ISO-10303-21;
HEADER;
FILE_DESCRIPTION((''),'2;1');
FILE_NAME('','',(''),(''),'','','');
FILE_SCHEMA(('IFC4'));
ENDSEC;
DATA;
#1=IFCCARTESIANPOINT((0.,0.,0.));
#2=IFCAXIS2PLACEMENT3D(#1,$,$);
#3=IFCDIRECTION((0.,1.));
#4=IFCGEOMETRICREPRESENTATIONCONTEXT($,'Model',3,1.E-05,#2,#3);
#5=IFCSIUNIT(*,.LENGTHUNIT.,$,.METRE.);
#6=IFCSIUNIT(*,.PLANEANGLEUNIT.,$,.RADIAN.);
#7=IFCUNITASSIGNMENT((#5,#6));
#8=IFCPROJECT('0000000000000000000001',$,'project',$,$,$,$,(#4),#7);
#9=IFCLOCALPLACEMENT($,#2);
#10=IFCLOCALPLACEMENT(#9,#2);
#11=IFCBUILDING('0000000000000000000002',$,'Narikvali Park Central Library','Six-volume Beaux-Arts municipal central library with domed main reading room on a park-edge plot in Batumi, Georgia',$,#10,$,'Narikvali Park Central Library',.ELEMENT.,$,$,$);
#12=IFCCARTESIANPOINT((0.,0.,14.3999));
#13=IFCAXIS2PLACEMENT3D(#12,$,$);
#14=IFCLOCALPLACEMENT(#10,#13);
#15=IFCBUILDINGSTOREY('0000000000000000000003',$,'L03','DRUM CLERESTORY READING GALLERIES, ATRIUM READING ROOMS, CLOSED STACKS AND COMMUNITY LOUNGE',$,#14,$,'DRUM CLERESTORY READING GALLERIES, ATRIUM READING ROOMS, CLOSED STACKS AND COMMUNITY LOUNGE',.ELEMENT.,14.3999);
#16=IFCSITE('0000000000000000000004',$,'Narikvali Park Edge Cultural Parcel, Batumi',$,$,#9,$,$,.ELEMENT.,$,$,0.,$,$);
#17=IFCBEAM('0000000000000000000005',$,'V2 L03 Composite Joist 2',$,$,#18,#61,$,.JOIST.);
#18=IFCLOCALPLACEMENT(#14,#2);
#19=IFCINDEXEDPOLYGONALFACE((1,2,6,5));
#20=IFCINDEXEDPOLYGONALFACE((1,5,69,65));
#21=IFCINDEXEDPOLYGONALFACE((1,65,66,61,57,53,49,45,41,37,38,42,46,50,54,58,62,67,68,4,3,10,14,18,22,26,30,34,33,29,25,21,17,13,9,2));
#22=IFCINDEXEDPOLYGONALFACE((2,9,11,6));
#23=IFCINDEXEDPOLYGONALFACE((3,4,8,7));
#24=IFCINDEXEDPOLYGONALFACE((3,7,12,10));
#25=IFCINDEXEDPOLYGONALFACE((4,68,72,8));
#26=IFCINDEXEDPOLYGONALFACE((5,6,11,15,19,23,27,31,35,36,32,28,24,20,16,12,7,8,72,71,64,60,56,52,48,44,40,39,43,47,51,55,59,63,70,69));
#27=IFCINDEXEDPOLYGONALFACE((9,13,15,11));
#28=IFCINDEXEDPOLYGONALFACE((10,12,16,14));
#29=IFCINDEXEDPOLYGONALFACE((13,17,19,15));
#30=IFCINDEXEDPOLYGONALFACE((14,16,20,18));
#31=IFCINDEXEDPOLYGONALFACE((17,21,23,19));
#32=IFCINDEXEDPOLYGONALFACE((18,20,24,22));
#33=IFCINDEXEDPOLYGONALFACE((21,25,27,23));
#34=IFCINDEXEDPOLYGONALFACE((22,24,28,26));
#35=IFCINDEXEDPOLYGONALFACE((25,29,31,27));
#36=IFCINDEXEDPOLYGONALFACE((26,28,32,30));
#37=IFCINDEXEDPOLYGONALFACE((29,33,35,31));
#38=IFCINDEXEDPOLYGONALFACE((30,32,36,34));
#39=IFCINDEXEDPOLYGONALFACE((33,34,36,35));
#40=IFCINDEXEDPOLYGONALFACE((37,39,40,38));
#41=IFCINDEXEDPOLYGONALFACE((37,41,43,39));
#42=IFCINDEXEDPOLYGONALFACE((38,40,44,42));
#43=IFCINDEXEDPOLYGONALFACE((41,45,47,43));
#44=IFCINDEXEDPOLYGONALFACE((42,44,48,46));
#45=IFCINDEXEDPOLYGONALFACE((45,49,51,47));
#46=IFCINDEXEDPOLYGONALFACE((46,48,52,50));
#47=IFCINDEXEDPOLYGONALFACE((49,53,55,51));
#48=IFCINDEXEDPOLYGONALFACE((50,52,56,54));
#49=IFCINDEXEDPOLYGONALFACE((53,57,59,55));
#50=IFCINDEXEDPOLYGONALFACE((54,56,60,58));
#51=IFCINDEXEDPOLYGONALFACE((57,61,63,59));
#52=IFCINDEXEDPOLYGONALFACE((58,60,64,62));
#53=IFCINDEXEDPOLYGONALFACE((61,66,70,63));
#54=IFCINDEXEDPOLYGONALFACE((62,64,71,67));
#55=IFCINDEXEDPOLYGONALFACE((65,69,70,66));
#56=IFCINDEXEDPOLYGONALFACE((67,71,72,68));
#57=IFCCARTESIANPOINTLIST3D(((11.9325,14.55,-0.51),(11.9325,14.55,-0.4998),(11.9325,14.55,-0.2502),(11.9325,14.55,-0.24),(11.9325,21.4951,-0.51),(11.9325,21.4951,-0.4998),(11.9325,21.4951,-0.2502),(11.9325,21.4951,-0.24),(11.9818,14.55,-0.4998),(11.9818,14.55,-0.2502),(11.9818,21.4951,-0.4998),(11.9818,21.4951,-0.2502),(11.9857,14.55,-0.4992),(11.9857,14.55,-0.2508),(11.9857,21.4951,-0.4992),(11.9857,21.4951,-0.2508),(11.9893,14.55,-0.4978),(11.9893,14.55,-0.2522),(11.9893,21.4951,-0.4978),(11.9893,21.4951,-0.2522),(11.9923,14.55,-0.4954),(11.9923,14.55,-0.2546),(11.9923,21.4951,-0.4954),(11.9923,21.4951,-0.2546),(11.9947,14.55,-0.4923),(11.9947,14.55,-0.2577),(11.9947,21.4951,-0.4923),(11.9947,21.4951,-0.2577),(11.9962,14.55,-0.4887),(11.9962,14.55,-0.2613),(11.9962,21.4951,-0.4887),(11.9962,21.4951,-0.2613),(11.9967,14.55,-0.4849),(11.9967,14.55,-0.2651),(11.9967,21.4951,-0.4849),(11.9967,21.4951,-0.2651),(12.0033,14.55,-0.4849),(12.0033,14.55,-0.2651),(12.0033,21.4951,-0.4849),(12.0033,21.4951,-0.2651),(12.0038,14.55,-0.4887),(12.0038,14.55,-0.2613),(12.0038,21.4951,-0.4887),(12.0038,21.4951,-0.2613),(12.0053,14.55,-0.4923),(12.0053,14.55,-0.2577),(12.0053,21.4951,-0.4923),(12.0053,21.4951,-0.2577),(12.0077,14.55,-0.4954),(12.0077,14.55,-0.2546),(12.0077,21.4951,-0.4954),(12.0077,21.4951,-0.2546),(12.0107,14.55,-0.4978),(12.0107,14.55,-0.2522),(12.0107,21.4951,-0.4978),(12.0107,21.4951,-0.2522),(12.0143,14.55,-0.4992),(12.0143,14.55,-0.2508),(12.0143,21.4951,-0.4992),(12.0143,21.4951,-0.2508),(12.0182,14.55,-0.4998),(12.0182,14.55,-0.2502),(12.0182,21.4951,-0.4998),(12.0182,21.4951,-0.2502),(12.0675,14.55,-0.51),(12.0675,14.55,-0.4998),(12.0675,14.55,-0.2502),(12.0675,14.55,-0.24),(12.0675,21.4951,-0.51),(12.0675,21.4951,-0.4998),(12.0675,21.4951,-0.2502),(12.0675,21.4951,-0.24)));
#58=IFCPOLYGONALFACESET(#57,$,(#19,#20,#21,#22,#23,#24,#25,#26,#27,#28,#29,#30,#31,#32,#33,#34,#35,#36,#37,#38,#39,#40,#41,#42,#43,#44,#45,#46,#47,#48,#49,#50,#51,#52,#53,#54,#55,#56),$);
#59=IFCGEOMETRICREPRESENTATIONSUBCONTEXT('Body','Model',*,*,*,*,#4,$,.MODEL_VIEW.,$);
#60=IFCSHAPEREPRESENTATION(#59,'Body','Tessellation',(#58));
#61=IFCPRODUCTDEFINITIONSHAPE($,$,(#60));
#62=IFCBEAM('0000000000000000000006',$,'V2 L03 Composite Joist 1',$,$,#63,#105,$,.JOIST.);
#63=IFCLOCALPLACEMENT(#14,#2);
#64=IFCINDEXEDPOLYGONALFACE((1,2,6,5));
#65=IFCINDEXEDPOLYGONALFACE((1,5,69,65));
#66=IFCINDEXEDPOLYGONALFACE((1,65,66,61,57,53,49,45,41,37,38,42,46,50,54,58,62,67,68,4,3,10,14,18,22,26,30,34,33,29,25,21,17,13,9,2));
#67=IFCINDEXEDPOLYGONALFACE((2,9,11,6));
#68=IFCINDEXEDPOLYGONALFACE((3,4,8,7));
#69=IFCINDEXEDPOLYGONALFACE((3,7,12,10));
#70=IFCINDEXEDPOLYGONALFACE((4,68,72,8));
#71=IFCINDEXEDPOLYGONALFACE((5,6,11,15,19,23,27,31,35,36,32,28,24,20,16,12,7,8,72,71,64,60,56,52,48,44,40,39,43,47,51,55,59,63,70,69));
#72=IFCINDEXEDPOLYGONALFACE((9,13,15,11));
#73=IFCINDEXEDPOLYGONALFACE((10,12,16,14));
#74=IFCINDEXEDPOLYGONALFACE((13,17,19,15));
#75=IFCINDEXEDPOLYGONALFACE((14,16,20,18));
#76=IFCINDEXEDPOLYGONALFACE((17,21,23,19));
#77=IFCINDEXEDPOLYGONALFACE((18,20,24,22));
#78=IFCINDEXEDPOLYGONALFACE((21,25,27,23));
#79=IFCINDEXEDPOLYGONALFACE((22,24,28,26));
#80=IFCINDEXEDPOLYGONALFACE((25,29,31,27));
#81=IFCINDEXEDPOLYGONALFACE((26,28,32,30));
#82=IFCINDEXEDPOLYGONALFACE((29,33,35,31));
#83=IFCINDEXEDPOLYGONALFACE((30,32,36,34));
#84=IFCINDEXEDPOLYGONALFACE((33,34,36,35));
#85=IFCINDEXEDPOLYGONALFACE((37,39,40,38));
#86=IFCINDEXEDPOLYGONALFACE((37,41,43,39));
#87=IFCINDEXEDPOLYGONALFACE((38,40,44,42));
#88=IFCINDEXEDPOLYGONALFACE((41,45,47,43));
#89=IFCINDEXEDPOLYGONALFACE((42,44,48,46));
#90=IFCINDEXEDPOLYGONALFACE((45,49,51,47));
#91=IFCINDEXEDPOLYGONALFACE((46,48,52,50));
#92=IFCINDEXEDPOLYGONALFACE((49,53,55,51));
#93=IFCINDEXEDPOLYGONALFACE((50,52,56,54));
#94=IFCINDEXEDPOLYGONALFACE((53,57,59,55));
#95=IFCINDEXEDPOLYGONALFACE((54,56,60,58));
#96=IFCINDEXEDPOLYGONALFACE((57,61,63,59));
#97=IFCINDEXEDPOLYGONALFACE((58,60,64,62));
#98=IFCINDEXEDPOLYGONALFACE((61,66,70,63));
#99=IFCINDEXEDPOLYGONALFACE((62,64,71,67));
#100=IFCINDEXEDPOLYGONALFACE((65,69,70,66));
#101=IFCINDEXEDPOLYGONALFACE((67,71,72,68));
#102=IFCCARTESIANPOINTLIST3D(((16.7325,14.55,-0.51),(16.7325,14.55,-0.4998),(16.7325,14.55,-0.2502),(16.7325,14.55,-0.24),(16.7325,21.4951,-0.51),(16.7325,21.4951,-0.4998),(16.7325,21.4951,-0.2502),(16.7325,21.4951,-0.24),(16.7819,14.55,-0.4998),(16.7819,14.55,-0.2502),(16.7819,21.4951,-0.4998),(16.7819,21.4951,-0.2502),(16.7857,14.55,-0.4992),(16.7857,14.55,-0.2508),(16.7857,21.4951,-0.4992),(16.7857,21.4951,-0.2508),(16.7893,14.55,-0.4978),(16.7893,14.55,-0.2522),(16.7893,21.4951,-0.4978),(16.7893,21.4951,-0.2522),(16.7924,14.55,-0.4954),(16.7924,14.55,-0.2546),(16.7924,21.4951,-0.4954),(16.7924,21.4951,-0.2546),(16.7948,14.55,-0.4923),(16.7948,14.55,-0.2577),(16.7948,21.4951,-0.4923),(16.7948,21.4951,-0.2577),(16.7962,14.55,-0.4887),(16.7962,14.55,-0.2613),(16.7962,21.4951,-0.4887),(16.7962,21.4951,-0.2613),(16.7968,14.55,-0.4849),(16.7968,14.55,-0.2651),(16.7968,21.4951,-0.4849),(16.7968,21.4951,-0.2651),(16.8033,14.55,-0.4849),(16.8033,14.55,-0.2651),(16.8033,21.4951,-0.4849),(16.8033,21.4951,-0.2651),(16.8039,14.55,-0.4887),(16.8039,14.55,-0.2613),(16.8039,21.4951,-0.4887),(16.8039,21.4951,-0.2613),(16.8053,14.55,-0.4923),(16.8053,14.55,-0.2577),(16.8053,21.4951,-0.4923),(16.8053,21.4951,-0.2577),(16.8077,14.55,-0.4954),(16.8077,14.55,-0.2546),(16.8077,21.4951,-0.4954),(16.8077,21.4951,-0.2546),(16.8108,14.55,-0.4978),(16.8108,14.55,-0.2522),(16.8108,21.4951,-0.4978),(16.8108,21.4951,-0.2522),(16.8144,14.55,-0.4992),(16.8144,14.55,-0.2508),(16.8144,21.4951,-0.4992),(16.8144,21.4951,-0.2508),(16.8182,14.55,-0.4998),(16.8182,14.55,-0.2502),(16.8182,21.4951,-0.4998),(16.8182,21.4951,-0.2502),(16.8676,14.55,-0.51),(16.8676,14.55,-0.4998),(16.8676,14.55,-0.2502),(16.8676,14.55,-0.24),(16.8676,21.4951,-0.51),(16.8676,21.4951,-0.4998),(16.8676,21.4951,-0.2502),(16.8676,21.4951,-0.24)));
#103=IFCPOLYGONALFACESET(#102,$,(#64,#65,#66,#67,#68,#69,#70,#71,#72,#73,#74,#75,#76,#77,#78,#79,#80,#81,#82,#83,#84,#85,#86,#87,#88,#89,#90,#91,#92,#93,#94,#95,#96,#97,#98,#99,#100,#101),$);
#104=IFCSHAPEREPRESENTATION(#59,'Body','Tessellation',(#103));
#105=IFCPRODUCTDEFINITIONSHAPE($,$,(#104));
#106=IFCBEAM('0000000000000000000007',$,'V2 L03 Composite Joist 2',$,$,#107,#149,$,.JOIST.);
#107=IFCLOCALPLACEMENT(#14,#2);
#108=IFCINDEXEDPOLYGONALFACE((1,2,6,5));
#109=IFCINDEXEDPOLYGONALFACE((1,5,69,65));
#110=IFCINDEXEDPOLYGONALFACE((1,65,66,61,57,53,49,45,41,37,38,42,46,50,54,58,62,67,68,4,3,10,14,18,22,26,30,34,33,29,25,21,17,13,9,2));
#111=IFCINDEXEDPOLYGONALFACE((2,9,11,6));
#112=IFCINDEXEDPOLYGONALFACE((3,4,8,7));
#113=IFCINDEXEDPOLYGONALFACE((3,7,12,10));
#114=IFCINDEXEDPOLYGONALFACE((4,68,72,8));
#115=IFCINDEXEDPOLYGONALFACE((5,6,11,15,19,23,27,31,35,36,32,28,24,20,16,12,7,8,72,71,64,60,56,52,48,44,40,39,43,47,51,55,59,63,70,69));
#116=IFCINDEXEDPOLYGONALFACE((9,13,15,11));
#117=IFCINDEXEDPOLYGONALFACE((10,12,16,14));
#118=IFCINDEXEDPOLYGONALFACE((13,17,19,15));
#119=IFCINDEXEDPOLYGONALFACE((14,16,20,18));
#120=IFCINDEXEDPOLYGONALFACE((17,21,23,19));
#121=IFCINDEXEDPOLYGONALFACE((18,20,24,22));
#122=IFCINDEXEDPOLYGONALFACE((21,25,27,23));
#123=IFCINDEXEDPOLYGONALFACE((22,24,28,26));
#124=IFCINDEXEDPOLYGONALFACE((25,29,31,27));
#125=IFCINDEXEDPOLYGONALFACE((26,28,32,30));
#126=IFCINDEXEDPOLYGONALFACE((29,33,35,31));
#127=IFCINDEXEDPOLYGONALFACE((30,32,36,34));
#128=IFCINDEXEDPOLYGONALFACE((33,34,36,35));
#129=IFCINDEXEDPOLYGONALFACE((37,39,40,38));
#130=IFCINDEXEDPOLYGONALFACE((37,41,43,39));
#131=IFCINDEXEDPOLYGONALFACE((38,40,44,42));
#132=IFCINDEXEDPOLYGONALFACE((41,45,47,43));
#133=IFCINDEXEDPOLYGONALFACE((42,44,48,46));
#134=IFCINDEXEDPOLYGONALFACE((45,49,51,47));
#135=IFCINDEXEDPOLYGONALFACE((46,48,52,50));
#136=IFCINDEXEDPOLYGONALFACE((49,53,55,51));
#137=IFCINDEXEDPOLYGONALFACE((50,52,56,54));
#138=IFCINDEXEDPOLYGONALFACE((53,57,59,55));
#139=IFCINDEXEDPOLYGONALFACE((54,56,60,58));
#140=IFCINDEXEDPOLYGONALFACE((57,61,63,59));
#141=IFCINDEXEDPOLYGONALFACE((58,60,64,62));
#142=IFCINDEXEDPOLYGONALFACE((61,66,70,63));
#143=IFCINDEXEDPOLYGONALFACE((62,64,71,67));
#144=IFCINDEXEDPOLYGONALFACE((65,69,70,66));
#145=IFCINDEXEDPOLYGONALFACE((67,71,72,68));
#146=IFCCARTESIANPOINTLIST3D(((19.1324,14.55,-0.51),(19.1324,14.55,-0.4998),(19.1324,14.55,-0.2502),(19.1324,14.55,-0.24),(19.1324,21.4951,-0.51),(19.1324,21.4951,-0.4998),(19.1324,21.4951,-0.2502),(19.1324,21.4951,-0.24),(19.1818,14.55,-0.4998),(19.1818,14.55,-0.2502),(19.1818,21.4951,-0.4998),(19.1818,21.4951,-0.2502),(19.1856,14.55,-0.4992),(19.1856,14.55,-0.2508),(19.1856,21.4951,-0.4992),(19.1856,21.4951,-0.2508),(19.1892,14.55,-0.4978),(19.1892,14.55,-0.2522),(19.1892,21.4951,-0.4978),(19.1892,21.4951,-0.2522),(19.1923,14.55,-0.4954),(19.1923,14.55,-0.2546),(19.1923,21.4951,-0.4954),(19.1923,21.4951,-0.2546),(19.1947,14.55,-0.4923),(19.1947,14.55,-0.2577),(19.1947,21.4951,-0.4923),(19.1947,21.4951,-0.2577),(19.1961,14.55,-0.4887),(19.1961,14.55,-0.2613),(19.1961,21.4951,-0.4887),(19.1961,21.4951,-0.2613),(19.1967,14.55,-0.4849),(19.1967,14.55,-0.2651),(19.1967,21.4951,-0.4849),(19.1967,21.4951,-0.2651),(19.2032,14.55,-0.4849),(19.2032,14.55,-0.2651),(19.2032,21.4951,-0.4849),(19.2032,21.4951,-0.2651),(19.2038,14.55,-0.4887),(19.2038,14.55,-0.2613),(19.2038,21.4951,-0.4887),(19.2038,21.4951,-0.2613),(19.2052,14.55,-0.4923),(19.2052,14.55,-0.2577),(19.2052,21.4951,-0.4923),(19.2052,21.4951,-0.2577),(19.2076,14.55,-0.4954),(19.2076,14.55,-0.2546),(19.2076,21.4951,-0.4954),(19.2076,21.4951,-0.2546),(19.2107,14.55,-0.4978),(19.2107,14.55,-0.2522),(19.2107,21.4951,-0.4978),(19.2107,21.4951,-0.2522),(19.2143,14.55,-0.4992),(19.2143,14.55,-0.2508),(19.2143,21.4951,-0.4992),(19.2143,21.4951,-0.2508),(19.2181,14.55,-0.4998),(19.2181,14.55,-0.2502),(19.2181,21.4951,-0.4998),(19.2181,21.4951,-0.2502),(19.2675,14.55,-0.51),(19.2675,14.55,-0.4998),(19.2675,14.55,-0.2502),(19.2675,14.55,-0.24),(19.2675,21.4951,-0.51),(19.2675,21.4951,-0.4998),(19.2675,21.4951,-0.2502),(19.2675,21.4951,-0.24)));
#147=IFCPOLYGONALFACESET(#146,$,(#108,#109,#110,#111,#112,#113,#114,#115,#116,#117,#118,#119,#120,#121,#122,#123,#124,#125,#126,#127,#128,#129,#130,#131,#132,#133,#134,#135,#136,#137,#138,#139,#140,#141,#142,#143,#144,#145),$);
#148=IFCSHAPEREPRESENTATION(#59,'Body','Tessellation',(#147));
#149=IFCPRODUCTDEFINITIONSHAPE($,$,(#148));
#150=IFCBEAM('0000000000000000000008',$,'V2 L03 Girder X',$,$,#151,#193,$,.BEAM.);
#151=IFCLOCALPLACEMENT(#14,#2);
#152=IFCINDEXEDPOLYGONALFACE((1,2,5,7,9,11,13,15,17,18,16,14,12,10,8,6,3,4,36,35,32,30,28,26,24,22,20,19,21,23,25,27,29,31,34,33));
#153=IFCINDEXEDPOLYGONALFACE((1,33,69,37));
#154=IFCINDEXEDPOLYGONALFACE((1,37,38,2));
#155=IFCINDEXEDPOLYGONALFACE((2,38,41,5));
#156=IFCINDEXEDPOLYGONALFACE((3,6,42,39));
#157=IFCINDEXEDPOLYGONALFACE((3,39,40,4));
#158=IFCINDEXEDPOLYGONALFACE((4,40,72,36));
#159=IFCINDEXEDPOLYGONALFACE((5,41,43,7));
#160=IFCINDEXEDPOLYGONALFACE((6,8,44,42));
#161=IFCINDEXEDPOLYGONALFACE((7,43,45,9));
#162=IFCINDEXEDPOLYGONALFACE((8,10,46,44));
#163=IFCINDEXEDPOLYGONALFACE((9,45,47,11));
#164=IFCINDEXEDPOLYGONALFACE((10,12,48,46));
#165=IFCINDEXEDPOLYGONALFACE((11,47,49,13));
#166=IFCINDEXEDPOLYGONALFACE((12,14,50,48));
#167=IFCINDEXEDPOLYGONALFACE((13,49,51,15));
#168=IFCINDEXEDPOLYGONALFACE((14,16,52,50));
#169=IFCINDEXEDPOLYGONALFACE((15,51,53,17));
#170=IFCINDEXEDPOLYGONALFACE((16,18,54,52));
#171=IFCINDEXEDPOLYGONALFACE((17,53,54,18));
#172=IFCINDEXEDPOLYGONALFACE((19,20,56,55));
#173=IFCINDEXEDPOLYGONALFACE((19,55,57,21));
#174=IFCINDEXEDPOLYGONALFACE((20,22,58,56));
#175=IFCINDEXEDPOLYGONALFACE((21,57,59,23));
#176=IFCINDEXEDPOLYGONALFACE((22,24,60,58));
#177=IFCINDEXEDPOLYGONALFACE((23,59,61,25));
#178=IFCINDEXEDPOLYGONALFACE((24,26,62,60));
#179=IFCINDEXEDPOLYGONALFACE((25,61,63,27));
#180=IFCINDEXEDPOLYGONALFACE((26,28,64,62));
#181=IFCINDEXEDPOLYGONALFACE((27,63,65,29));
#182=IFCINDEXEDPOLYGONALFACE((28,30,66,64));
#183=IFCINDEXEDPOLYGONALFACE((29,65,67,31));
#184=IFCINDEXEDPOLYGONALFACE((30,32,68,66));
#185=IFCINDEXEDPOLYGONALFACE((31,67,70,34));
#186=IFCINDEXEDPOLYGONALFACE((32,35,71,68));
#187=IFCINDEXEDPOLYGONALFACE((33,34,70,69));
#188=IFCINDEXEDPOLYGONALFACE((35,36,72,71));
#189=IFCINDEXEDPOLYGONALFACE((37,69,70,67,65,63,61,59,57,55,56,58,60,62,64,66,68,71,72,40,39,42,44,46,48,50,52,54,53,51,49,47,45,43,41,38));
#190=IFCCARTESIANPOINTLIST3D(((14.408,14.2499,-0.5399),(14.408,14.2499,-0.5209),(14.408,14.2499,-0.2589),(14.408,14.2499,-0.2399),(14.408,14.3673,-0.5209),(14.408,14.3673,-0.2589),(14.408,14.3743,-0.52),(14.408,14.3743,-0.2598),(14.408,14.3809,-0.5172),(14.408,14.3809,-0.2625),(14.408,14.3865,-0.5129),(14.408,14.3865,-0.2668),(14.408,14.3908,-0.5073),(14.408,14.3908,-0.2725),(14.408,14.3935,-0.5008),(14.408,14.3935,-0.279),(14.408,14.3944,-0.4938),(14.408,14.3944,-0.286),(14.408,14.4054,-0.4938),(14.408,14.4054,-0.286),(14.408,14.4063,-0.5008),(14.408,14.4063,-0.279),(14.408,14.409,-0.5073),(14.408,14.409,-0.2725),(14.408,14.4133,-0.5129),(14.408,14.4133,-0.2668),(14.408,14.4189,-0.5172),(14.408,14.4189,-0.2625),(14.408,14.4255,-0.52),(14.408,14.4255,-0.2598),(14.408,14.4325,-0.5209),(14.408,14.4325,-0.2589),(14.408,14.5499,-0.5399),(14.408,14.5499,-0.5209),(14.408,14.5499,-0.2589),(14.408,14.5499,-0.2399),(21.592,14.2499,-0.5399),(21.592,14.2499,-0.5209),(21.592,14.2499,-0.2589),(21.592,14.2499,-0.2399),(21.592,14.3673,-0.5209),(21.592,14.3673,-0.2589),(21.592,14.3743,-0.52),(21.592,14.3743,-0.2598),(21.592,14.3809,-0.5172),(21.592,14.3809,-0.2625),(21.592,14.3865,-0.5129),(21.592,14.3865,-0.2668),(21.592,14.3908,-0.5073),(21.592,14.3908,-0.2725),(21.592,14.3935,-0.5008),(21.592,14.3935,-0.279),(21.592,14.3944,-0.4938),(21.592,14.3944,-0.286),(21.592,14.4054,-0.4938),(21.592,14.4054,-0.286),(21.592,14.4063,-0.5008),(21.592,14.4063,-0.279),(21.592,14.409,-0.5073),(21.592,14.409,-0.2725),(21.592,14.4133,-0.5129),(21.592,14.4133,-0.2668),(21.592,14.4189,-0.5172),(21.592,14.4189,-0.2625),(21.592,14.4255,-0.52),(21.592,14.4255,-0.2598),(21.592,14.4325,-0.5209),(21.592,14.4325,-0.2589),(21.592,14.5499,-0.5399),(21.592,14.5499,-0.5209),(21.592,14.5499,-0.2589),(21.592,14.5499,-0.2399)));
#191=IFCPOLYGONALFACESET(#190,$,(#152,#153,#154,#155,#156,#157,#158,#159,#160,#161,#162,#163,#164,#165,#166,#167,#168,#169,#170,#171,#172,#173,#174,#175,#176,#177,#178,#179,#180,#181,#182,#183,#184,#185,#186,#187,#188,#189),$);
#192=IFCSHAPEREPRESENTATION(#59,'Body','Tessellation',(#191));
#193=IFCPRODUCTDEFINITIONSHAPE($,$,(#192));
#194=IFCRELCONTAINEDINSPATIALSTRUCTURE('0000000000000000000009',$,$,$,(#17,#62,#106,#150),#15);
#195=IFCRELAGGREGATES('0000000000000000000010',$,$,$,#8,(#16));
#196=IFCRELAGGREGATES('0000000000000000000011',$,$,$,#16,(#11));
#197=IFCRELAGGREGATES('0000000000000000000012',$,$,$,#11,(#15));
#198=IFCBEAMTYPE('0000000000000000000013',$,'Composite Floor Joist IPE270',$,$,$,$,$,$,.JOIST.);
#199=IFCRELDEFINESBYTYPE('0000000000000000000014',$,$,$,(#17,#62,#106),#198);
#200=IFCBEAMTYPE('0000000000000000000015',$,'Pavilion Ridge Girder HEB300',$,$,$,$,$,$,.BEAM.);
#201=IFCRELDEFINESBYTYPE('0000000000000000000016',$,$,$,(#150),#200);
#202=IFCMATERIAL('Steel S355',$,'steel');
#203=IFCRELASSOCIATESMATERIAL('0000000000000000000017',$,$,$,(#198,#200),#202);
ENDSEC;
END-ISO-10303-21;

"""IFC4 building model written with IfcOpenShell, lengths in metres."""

from ifc_helpers import new_model, si_unit, direction, frame, origin, origin_2d, place, context, subcontext, project, spatial, i_section, extrude, material, material_profile, profile_set, type_object, element, save


model = new_model("IFC4")

# Units and contexts
model_context = context("Model", 3, precision=1e-05, world=origin(), true_north=direction((0.0, 1.0)))
body_context = subcontext(model_context, "Body", "Model", "MODEL_VIEW")
ifc_project = project(units=[si_unit("LENGTHUNIT", "METRE"), si_unit("PLANEANGLEUNIT", "RADIAN")], contexts=[model_context])

# Site, building, storey
site_placement = place(None, origin())
site = spatial("IfcSite", under=ifc_project, at=site_placement, Name="Narikvali Park Edge Cultural Parcel, Batumi", CompositionType="ELEMENT", RefElevation=0.0)
building_placement = place(site_placement, origin())
building = spatial("IfcBuilding", under=site, at=building_placement, Name="Narikvali Park Central Library", Description="Six-volume Beaux-Arts municipal central library with domed main reading room on a park-edge plot in Batumi, Georgia", LongName="Narikvali Park Central Library", CompositionType="ELEMENT")
storey_placement = place(building_placement, frame((0.0, 0.0, 14.3999)))
storey = spatial("IfcBuildingStorey", under=building, at=storey_placement, Name="L03", Description="DRUM CLERESTORY READING GALLERIES, ATRIUM READING ROOMS, CLOSED STACKS AND COMMUNITY LOUNGE", LongName="DRUM CLERESTORY READING GALLERIES, ATRIUM READING ROOMS, CLOSED STACKS AND COMMUNITY LOUNGE", CompositionType="ELEMENT", Elevation=14.3999)

# Shared definitions
ifc_material_1 = material(Name="Steel S355", Category="steel")

# Beams
ifc_material_profile_1 = material_profile(ifc_material_1, i_section(OverallWidth=0.135, OverallDepth=0.27, WebThickness=0.0066, FlangeThickness=0.0103, FilletRadius=0.0149, at=origin_2d()), Name="IPE 270")
ifc_profile_set_1 = profile_set([ifc_material_profile_1], Name="Steel S355")
beam_type_1 = type_object("IfcBeamType", Name="Composite Floor Joist IPE270", PredefinedType="JOIST", material=ifc_profile_set_1)
for number, where, z_axis, x_axis, name in (
    (1, (12.0, 14.55, -0.375), (0.0, 1.0, 0.0), (-1.0, 0.0, 0.0), "V2 L03 Composite Joist 2"),
    (2, (16.8, 14.55, -0.375), (0.0, 1.0, 0.0), (-1.0, 0.0, 0.0), "V2 L03 Composite Joist 1"),
    (3, (19.2, 14.55, -0.375), (0.0, 1.0, 0.0), (-1.0, 0.0, 0.0), "V2 L03 Composite Joist 2"),
):
    element("IfcBeam", number, at=place(storey_placement, frame(where, z_axis=z_axis, x_axis=x_axis)), inside=storey, type_object=beam_type_1, Name=name, PredefinedType="JOIST", context=body_context, shape_type="SweptSolid", body=[
        extrude(i_section(OverallWidth=0.135, OverallDepth=0.27, WebThickness=0.0066, FlangeThickness=0.0103, FilletRadius=0.0149, at=origin_2d()), origin(), (0.0, 0.0, 1.0), 6.9451),
    ])
ifc_material_profile_2 = material_profile(ifc_material_1, i_section(OverallWidth=0.3, OverallDepth=0.3, WebThickness=0.011, FlangeThickness=0.019, FilletRadius=0.0271, at=origin_2d()), Name="HEB 300")
ifc_profile_set_2 = profile_set([ifc_material_profile_2], Name="Steel S355")
beam_type_2 = type_object("IfcBeamType", Name="Pavilion Ridge Girder HEB300", PredefinedType="BEAM", material=ifc_profile_set_2)
beam_1_placement = place(storey_placement, frame((14.408, 14.3999, -0.3899), z_axis=(1.0, 0.0, 0.0), x_axis=(0.0, 1.0, 0.0)))
element("IfcBeam", 4, at=beam_1_placement, inside=storey, type_object=beam_type_2, Name="V2 L03 Girder X", PredefinedType="BEAM", context=body_context, shape_type="SweptSolid", body=[
    extrude(i_section(OverallWidth=0.3, OverallDepth=0.3, WebThickness=0.011, FlangeThickness=0.019, FilletRadius=0.0271, at=origin_2d()), origin(), (0.0, 0.0, 1.0), 7.1841),
])

save(model, "model.ifc")
